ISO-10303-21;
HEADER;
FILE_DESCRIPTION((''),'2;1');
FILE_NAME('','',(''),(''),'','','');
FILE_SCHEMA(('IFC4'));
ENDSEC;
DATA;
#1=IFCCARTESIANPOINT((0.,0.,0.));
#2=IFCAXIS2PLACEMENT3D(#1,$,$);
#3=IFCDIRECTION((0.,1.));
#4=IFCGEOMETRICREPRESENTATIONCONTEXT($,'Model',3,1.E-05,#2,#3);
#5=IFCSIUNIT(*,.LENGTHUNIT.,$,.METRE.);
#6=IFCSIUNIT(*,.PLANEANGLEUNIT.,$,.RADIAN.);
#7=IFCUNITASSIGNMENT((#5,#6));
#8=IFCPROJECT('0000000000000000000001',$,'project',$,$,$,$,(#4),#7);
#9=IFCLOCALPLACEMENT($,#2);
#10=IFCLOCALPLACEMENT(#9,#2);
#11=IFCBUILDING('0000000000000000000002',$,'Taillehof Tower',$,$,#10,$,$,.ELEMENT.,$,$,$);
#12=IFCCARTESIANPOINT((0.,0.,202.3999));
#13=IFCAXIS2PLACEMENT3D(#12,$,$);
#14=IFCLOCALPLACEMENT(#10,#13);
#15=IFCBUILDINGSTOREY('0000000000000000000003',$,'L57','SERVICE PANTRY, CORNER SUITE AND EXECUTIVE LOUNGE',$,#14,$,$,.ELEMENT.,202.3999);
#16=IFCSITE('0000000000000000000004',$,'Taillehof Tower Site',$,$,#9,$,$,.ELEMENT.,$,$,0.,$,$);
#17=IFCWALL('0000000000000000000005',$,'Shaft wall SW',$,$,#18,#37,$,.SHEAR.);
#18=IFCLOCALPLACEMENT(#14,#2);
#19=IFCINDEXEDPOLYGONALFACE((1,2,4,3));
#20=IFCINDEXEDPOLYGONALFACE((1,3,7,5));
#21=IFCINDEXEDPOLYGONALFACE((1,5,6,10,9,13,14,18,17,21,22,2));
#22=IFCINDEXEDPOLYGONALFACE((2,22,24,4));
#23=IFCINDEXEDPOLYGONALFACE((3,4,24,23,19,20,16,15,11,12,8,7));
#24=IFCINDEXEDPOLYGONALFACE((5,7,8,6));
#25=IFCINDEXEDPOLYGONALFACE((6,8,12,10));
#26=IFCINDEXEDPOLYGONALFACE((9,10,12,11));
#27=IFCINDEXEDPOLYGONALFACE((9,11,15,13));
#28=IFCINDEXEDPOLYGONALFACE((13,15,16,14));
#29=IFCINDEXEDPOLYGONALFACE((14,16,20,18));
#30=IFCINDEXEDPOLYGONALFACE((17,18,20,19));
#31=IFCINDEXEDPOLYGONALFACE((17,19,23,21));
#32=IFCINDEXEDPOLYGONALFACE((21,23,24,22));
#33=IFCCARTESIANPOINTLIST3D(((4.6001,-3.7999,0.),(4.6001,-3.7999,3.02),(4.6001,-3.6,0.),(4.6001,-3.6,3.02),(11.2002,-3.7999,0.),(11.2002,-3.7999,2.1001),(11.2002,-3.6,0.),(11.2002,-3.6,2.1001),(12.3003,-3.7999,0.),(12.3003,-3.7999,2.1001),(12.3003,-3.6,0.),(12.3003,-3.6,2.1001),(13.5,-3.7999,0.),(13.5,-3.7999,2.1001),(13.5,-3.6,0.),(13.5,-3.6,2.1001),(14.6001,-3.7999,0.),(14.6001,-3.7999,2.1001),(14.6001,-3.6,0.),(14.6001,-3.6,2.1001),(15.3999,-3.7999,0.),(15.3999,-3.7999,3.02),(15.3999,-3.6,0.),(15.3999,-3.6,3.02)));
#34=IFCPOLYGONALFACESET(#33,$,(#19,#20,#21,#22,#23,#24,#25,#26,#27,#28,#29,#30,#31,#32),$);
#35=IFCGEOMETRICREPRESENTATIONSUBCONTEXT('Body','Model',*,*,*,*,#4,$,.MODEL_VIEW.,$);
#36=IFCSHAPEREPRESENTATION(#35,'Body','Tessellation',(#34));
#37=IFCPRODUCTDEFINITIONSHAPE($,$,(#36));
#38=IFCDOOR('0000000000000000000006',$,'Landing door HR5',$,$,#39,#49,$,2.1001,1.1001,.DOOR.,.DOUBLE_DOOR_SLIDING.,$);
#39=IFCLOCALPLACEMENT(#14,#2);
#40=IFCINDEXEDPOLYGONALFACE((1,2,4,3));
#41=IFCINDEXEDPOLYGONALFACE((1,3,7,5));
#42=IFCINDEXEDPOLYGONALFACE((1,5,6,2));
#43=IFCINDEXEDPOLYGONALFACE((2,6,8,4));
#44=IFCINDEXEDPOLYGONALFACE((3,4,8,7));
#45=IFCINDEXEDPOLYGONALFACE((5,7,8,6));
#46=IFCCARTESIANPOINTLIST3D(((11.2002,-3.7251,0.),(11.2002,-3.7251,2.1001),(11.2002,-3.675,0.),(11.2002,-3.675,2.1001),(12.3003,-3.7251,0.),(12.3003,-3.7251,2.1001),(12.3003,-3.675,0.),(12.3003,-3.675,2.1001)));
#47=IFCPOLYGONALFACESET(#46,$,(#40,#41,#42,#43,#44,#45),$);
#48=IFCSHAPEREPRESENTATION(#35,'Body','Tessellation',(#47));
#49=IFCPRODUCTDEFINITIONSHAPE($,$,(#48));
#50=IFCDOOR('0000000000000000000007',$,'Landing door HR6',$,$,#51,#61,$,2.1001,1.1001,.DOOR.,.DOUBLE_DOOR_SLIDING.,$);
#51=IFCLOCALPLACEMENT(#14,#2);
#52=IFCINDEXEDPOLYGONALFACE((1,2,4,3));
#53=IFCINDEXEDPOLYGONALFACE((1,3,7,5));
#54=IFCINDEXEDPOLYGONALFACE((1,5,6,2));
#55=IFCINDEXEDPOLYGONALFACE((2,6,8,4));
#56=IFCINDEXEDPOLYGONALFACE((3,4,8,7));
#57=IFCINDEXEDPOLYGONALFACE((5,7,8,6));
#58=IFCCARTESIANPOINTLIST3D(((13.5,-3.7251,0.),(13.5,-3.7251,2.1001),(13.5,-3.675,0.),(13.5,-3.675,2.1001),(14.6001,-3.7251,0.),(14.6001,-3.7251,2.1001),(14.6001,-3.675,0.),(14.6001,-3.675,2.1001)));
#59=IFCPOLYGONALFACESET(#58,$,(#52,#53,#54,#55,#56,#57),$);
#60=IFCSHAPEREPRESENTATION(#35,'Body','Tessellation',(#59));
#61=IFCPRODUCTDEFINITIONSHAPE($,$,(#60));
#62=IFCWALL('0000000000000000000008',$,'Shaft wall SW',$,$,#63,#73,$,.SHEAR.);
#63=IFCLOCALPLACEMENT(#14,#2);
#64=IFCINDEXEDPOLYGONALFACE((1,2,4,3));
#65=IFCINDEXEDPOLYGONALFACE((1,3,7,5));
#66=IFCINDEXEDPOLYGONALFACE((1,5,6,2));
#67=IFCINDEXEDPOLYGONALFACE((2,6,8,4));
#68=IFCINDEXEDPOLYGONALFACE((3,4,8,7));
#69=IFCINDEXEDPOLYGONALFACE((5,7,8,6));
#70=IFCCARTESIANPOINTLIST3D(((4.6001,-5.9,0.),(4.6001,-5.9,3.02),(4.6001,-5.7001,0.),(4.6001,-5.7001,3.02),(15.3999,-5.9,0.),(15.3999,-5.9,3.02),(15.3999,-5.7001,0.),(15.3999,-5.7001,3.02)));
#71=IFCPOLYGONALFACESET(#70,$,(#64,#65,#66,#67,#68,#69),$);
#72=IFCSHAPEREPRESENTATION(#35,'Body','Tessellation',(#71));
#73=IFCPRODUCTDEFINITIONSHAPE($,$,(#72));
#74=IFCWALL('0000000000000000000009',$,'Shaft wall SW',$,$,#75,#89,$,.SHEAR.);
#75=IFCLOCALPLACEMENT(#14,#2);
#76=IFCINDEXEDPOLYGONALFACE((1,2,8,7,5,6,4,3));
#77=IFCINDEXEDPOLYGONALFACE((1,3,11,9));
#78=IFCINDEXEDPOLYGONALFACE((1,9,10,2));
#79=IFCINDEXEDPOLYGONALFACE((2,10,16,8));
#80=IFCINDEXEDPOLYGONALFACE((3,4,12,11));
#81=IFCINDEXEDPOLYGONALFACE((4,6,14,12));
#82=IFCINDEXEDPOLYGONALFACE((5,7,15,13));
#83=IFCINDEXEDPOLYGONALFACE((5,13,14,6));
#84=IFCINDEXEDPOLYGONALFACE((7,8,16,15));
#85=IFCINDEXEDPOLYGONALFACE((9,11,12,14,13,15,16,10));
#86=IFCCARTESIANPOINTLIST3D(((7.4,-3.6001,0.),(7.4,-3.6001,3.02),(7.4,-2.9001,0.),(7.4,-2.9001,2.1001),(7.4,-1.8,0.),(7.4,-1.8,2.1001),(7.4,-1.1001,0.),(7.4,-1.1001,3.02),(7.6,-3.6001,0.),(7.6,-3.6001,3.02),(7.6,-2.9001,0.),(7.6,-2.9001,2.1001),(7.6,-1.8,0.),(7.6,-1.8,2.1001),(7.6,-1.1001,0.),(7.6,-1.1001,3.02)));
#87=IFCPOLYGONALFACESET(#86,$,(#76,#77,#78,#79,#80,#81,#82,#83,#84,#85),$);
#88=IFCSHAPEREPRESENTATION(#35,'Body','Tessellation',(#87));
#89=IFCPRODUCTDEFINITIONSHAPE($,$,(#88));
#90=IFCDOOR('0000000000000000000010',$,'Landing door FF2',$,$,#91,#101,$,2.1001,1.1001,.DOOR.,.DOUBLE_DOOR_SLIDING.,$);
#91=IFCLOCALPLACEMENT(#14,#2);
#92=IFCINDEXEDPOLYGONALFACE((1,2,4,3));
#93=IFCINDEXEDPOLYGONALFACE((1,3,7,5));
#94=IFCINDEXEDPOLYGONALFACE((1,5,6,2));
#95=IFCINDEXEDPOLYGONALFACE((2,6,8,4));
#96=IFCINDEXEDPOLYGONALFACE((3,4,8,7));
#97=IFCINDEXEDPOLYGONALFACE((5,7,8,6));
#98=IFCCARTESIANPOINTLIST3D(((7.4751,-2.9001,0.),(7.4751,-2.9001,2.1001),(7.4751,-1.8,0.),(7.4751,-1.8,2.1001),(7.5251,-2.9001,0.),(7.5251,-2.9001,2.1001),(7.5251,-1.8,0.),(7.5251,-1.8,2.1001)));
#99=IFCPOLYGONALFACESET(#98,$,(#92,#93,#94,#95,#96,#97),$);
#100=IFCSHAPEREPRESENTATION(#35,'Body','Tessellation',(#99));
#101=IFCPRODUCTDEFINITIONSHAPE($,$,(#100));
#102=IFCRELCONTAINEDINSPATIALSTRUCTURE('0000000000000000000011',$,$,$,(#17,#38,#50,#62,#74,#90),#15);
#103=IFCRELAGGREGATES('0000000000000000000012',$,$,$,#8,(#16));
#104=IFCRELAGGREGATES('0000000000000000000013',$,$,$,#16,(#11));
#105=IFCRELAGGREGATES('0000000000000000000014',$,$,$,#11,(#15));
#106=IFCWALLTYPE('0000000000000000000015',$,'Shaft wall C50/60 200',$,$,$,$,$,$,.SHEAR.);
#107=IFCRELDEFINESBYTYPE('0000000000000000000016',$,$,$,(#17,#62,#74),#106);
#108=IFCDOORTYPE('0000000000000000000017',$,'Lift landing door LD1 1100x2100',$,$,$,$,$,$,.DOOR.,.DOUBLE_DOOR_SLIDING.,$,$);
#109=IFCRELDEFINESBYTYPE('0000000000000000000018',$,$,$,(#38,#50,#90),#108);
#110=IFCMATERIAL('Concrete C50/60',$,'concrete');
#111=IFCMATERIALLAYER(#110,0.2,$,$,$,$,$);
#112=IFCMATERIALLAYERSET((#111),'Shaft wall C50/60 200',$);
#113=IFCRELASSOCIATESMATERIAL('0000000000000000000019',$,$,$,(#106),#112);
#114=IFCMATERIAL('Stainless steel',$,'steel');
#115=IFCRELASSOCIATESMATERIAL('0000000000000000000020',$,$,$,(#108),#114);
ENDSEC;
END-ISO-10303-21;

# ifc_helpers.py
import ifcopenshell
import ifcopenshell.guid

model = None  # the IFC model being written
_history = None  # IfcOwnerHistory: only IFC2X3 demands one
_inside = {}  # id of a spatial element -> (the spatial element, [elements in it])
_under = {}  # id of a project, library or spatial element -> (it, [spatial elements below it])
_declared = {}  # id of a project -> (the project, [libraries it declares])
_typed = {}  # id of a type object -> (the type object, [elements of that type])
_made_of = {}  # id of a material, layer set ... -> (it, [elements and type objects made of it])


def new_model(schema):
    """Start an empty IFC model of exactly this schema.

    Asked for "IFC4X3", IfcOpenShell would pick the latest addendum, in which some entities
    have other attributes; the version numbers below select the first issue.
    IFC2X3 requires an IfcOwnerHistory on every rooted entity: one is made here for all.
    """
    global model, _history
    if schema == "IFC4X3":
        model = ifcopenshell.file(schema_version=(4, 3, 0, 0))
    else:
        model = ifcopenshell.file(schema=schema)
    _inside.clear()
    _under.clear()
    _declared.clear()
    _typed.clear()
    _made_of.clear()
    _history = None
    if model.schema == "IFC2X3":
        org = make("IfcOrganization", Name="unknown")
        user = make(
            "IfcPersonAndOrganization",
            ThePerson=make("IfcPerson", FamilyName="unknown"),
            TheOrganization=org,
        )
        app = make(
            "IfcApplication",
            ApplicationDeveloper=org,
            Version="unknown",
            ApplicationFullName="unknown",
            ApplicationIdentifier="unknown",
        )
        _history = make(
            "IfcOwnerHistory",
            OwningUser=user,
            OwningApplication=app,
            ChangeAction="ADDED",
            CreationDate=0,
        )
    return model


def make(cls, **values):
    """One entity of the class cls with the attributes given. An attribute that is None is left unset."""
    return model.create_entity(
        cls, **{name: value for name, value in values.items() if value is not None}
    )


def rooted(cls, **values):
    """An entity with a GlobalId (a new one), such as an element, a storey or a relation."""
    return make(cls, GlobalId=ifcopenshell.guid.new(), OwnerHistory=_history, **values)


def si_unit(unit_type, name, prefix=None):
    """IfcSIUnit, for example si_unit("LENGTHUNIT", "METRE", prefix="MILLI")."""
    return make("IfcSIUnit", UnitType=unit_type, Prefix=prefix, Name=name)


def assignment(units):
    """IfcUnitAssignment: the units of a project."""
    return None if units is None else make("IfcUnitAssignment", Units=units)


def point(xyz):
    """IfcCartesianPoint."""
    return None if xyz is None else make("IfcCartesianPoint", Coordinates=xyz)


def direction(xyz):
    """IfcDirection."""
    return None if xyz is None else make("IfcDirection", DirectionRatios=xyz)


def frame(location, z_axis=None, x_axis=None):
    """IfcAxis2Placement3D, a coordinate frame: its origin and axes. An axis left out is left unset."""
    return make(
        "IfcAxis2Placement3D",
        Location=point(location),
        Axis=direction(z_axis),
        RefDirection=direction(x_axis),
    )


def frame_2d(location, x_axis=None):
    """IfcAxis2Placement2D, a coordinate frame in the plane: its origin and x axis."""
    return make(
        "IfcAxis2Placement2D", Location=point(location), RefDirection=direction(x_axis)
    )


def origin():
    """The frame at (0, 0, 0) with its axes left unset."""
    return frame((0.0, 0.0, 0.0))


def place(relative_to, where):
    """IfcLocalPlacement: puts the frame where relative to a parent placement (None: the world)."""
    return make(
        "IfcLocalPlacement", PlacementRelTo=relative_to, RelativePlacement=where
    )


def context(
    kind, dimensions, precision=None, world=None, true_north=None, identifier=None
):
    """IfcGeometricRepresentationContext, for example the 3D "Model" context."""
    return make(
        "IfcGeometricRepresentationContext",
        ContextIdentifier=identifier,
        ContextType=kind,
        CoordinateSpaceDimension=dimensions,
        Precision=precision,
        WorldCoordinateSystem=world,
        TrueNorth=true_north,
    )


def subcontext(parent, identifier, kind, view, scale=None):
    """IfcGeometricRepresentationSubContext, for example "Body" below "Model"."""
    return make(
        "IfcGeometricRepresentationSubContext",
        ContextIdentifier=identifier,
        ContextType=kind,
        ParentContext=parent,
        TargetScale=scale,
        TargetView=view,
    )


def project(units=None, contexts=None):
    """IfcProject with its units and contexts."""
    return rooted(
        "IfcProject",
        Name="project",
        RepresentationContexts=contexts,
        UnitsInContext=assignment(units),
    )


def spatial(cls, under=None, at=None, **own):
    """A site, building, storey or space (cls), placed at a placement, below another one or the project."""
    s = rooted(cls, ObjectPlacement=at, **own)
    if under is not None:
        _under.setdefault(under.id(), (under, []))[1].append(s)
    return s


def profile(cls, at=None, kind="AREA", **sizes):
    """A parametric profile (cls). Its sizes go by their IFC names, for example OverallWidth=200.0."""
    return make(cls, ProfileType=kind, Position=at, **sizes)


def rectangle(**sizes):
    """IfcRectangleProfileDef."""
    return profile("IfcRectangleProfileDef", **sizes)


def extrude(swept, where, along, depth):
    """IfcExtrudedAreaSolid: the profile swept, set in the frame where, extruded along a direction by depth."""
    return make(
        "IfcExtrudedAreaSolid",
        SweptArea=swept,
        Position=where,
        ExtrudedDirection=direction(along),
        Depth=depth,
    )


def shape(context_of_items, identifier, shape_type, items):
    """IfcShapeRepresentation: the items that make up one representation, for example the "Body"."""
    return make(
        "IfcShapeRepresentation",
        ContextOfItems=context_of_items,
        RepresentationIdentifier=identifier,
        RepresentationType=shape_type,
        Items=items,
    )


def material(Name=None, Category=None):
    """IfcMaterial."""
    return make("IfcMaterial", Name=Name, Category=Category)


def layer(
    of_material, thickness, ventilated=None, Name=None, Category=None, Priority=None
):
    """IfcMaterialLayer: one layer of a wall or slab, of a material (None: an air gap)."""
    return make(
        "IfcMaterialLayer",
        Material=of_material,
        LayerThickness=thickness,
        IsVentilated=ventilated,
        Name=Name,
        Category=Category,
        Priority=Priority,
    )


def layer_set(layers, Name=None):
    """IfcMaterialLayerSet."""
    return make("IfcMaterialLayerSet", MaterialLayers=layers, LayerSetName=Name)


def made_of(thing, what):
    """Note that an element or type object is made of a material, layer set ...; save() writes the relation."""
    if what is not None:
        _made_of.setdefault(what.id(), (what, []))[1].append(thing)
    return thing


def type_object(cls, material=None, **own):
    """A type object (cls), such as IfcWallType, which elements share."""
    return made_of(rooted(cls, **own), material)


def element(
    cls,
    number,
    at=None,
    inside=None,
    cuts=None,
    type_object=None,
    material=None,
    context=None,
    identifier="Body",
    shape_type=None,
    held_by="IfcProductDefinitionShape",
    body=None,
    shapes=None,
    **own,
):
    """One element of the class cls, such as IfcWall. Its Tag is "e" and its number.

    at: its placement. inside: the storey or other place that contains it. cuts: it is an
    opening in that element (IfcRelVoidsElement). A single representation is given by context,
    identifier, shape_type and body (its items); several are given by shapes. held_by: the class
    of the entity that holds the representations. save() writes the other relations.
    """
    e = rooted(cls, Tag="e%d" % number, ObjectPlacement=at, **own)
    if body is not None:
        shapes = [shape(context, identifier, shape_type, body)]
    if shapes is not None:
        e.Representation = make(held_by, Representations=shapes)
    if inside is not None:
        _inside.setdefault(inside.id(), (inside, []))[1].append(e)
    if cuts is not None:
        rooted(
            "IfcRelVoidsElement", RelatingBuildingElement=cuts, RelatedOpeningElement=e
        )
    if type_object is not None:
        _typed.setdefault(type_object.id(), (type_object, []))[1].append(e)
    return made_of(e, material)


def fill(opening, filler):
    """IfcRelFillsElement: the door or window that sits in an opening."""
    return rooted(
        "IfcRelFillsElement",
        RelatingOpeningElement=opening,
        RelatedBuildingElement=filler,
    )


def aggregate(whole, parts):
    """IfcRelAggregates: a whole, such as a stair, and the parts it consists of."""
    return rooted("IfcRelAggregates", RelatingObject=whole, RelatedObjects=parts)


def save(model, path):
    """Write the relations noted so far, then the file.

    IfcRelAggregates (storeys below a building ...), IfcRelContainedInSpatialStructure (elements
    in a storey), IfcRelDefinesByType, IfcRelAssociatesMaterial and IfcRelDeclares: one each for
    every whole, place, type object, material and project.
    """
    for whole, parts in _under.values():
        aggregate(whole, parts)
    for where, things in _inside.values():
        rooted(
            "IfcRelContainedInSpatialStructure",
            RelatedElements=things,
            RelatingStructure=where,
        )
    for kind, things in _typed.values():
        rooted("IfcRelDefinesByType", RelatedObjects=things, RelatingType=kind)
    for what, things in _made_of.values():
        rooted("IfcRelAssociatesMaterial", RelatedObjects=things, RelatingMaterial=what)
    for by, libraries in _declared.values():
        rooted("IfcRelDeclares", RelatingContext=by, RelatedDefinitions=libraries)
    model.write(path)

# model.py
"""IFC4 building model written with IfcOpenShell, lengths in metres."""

from ifc_helpers import new_model, si_unit, direction, frame, frame_2d, origin, place, context, subcontext, project, spatial, rectangle, extrude, material, layer, layer_set, type_object, element, fill, save


model = new_model("IFC4")

# Units and contexts
model_context = context("Model", 3, precision=1e-05, world=origin(), true_north=direction((0.0, 1.0)))
body_context = subcontext(model_context, "Body", "Model", "MODEL_VIEW")
ifc_project = project(units=[si_unit("LENGTHUNIT", "METRE"), si_unit("PLANEANGLEUNIT", "RADIAN")], contexts=[model_context])

# Site, building, storey
site_placement = place(None, origin())
site = spatial("IfcSite", under=ifc_project, at=site_placement, Name="Taillehof Tower Site", CompositionType="ELEMENT", RefElevation=0.0)
building_placement = place(site_placement, origin())
building = spatial("IfcBuilding", under=site, at=building_placement, Name="Taillehof Tower", CompositionType="ELEMENT")
storey_placement = place(building_placement, frame((0.0, 0.0, 202.3999)))
storey = spatial("IfcBuildingStorey", under=building, at=storey_placement, Name="L57", Description="SERVICE PANTRY, CORNER SUITE AND EXECUTIVE LOUNGE", CompositionType="ELEMENT", Elevation=202.3999)

# Shared definitions
ifc_material_1 = material(Name="Concrete C50/60", Category="concrete")
ifc_layer_1 = layer(ifc_material_1, 0.2)
ifc_layer_set_1 = layer_set([ifc_layer_1], Name="Shaft wall C50/60 200")
wall_type_1 = type_object("IfcWallType", Name="Shaft wall C50/60 200", PredefinedType="SHEAR", material=ifc_layer_set_1)

# Wall, openings, doors
wall_1_placement = place(storey_placement, frame((4.6001, -3.7, 0.0), z_axis=(0.0, 0.0, 1.0), x_axis=(1.0, 0.0, 0.0)))
wall_1 = element("IfcWall", 1, at=wall_1_placement, inside=storey, type_object=wall_type_1, Name="Shaft wall SW", PredefinedType="SHEAR", context=body_context, shape_type="SweptSolid", body=[
    extrude(rectangle(XDim=10.7998, YDim=0.2, at=frame_2d((5.3999, 0.0))), origin(), (0.0, 0.0, 1.0), 3.02),
])
opening_1_placement = place(wall_1_placement, frame((6.6001, 0.0, 0.0)))
opening_1 = element("IfcOpeningElement", 2, at=opening_1_placement, cuts=wall_1, PredefinedType="OPENING", context=body_context, shape_type="SweptSolid", body=[
    extrude(rectangle(XDim=1.1001, YDim=2.1001, at=frame_2d((0.55, 1.05))), frame((0.0, 0.1099, 0.0), z_axis=(0.0, -1.0, 0.0), x_axis=(1.0, 0.0, 0.0)), (0.0, 0.0, 1.0), 0.22),
])
opening_2_placement = place(wall_1_placement, frame((8.8999, 0.0, 0.0)))
opening_2 = element("IfcOpeningElement", 3, at=opening_2_placement, cuts=wall_1, PredefinedType="OPENING", context=body_context, shape_type="SweptSolid", body=[
    extrude(rectangle(XDim=1.1001, YDim=2.1001, at=frame_2d((0.55, 1.05))), frame((0.0, 0.1099, 0.0), z_axis=(0.0, -1.0, 0.0), x_axis=(1.0, 0.0, 0.0)), (0.0, 0.0, 1.0), 0.22),
])
ifc_material_2 = material(Name="Stainless steel", Category="steel")
door_type_1 = type_object("IfcDoorType", Name="Lift landing door LD1 1100x2100", OperationType="DOUBLE_DOOR_SLIDING", PredefinedType="DOOR", material=ifc_material_2)
door_1_placement = place(opening_1_placement, origin())
door_1 = element("IfcDoor", 4, at=door_1_placement, inside=storey, type_object=door_type_1, Name="Landing door HR5", OperationType="DOUBLE_DOOR_SLIDING", OverallHeight=2.1001, OverallWidth=1.1001, PredefinedType="DOOR", context=body_context, shape_type="SweptSolid", body=[
    extrude(rectangle(XDim=1.1001, YDim=2.1001, at=frame_2d((0.55, 1.05))), frame((0.0, 0.0249, 0.0), z_axis=(0.0, -1.0, 0.0), x_axis=(1.0, 0.0, 0.0)), (0.0, 0.0, 1.0), 0.05),
])
fill(opening_1, door_1)
door_2_placement = place(opening_2_placement, origin())
door_2 = element("IfcDoor", 5, at=door_2_placement, inside=storey, type_object=door_type_1, Name="Landing door HR6", OperationType="DOUBLE_DOOR_SLIDING", OverallHeight=2.1001, OverallWidth=1.1001, PredefinedType="DOOR", context=body_context, shape_type="SweptSolid", body=[
    extrude(rectangle(XDim=1.1001, YDim=2.1001, at=frame_2d((0.55, 1.05))), frame((0.0, 0.0249, 0.0), z_axis=(0.0, -1.0, 0.0), x_axis=(1.0, 0.0, 0.0)), (0.0, 0.0, 1.0), 0.05),
])
fill(opening_2, door_2)

# Wall
wall_2_placement = place(storey_placement, frame((4.6001, -5.8, 0.0), z_axis=(0.0, 0.0, 1.0), x_axis=(1.0, 0.0, 0.0)))
element("IfcWall", 6, at=wall_2_placement, inside=storey, type_object=wall_type_1, Name="Shaft wall SW", PredefinedType="SHEAR", context=body_context, shape_type="SweptSolid", body=[
    extrude(rectangle(XDim=10.7998, YDim=0.2, at=frame_2d((5.3999, 0.0))), origin(), (0.0, 0.0, 1.0), 3.02),
])

# Wall, opening, door
wall_3_placement = place(storey_placement, frame((7.5, -3.6001, 0.0), z_axis=(0.0, 0.0, 1.0), x_axis=(0.0, 1.0, 0.0)))
wall_3 = element("IfcWall", 7, at=wall_3_placement, inside=storey, type_object=wall_type_1, Name="Shaft wall SW", PredefinedType="SHEAR", context=body_context, shape_type="SweptSolid", body=[
    extrude(rectangle(XDim=2.5, YDim=0.2, at=frame_2d((1.25, 0.0))), origin(), (0.0, 0.0, 1.0), 3.02),
])
opening_3_placement = place(wall_3_placement, frame((0.7, 0.0, 0.0)))
opening_3 = element("IfcOpeningElement", 8, at=opening_3_placement, cuts=wall_3, PredefinedType="OPENING", context=body_context, shape_type="SweptSolid", body=[
    extrude(rectangle(XDim=1.1001, YDim=2.1001, at=frame_2d((0.55, 1.05))), frame((0.0, 0.1099, 0.0), z_axis=(0.0, -1.0, 0.0), x_axis=(1.0, 0.0, 0.0)), (0.0, 0.0, 1.0), 0.22),
])
door_3_placement = place(opening_3_placement, origin())
door_3 = element("IfcDoor", 9, at=door_3_placement, inside=storey, type_object=door_type_1, Name="Landing door FF2", OperationType="DOUBLE_DOOR_SLIDING", OverallHeight=2.1001, OverallWidth=1.1001, PredefinedType="DOOR", context=body_context, shape_type="SweptSolid", body=[
    extrude(rectangle(XDim=1.1001, YDim=2.1001, at=frame_2d((0.55, 1.05))), frame((0.0, 0.0249, 0.0), z_axis=(0.0, -1.0, 0.0), x_axis=(1.0, 0.0, 0.0)), (0.0, 0.0, 1.0), 0.05),
])
fill(opening_3, door_3)

save(model, "model.ifc")
